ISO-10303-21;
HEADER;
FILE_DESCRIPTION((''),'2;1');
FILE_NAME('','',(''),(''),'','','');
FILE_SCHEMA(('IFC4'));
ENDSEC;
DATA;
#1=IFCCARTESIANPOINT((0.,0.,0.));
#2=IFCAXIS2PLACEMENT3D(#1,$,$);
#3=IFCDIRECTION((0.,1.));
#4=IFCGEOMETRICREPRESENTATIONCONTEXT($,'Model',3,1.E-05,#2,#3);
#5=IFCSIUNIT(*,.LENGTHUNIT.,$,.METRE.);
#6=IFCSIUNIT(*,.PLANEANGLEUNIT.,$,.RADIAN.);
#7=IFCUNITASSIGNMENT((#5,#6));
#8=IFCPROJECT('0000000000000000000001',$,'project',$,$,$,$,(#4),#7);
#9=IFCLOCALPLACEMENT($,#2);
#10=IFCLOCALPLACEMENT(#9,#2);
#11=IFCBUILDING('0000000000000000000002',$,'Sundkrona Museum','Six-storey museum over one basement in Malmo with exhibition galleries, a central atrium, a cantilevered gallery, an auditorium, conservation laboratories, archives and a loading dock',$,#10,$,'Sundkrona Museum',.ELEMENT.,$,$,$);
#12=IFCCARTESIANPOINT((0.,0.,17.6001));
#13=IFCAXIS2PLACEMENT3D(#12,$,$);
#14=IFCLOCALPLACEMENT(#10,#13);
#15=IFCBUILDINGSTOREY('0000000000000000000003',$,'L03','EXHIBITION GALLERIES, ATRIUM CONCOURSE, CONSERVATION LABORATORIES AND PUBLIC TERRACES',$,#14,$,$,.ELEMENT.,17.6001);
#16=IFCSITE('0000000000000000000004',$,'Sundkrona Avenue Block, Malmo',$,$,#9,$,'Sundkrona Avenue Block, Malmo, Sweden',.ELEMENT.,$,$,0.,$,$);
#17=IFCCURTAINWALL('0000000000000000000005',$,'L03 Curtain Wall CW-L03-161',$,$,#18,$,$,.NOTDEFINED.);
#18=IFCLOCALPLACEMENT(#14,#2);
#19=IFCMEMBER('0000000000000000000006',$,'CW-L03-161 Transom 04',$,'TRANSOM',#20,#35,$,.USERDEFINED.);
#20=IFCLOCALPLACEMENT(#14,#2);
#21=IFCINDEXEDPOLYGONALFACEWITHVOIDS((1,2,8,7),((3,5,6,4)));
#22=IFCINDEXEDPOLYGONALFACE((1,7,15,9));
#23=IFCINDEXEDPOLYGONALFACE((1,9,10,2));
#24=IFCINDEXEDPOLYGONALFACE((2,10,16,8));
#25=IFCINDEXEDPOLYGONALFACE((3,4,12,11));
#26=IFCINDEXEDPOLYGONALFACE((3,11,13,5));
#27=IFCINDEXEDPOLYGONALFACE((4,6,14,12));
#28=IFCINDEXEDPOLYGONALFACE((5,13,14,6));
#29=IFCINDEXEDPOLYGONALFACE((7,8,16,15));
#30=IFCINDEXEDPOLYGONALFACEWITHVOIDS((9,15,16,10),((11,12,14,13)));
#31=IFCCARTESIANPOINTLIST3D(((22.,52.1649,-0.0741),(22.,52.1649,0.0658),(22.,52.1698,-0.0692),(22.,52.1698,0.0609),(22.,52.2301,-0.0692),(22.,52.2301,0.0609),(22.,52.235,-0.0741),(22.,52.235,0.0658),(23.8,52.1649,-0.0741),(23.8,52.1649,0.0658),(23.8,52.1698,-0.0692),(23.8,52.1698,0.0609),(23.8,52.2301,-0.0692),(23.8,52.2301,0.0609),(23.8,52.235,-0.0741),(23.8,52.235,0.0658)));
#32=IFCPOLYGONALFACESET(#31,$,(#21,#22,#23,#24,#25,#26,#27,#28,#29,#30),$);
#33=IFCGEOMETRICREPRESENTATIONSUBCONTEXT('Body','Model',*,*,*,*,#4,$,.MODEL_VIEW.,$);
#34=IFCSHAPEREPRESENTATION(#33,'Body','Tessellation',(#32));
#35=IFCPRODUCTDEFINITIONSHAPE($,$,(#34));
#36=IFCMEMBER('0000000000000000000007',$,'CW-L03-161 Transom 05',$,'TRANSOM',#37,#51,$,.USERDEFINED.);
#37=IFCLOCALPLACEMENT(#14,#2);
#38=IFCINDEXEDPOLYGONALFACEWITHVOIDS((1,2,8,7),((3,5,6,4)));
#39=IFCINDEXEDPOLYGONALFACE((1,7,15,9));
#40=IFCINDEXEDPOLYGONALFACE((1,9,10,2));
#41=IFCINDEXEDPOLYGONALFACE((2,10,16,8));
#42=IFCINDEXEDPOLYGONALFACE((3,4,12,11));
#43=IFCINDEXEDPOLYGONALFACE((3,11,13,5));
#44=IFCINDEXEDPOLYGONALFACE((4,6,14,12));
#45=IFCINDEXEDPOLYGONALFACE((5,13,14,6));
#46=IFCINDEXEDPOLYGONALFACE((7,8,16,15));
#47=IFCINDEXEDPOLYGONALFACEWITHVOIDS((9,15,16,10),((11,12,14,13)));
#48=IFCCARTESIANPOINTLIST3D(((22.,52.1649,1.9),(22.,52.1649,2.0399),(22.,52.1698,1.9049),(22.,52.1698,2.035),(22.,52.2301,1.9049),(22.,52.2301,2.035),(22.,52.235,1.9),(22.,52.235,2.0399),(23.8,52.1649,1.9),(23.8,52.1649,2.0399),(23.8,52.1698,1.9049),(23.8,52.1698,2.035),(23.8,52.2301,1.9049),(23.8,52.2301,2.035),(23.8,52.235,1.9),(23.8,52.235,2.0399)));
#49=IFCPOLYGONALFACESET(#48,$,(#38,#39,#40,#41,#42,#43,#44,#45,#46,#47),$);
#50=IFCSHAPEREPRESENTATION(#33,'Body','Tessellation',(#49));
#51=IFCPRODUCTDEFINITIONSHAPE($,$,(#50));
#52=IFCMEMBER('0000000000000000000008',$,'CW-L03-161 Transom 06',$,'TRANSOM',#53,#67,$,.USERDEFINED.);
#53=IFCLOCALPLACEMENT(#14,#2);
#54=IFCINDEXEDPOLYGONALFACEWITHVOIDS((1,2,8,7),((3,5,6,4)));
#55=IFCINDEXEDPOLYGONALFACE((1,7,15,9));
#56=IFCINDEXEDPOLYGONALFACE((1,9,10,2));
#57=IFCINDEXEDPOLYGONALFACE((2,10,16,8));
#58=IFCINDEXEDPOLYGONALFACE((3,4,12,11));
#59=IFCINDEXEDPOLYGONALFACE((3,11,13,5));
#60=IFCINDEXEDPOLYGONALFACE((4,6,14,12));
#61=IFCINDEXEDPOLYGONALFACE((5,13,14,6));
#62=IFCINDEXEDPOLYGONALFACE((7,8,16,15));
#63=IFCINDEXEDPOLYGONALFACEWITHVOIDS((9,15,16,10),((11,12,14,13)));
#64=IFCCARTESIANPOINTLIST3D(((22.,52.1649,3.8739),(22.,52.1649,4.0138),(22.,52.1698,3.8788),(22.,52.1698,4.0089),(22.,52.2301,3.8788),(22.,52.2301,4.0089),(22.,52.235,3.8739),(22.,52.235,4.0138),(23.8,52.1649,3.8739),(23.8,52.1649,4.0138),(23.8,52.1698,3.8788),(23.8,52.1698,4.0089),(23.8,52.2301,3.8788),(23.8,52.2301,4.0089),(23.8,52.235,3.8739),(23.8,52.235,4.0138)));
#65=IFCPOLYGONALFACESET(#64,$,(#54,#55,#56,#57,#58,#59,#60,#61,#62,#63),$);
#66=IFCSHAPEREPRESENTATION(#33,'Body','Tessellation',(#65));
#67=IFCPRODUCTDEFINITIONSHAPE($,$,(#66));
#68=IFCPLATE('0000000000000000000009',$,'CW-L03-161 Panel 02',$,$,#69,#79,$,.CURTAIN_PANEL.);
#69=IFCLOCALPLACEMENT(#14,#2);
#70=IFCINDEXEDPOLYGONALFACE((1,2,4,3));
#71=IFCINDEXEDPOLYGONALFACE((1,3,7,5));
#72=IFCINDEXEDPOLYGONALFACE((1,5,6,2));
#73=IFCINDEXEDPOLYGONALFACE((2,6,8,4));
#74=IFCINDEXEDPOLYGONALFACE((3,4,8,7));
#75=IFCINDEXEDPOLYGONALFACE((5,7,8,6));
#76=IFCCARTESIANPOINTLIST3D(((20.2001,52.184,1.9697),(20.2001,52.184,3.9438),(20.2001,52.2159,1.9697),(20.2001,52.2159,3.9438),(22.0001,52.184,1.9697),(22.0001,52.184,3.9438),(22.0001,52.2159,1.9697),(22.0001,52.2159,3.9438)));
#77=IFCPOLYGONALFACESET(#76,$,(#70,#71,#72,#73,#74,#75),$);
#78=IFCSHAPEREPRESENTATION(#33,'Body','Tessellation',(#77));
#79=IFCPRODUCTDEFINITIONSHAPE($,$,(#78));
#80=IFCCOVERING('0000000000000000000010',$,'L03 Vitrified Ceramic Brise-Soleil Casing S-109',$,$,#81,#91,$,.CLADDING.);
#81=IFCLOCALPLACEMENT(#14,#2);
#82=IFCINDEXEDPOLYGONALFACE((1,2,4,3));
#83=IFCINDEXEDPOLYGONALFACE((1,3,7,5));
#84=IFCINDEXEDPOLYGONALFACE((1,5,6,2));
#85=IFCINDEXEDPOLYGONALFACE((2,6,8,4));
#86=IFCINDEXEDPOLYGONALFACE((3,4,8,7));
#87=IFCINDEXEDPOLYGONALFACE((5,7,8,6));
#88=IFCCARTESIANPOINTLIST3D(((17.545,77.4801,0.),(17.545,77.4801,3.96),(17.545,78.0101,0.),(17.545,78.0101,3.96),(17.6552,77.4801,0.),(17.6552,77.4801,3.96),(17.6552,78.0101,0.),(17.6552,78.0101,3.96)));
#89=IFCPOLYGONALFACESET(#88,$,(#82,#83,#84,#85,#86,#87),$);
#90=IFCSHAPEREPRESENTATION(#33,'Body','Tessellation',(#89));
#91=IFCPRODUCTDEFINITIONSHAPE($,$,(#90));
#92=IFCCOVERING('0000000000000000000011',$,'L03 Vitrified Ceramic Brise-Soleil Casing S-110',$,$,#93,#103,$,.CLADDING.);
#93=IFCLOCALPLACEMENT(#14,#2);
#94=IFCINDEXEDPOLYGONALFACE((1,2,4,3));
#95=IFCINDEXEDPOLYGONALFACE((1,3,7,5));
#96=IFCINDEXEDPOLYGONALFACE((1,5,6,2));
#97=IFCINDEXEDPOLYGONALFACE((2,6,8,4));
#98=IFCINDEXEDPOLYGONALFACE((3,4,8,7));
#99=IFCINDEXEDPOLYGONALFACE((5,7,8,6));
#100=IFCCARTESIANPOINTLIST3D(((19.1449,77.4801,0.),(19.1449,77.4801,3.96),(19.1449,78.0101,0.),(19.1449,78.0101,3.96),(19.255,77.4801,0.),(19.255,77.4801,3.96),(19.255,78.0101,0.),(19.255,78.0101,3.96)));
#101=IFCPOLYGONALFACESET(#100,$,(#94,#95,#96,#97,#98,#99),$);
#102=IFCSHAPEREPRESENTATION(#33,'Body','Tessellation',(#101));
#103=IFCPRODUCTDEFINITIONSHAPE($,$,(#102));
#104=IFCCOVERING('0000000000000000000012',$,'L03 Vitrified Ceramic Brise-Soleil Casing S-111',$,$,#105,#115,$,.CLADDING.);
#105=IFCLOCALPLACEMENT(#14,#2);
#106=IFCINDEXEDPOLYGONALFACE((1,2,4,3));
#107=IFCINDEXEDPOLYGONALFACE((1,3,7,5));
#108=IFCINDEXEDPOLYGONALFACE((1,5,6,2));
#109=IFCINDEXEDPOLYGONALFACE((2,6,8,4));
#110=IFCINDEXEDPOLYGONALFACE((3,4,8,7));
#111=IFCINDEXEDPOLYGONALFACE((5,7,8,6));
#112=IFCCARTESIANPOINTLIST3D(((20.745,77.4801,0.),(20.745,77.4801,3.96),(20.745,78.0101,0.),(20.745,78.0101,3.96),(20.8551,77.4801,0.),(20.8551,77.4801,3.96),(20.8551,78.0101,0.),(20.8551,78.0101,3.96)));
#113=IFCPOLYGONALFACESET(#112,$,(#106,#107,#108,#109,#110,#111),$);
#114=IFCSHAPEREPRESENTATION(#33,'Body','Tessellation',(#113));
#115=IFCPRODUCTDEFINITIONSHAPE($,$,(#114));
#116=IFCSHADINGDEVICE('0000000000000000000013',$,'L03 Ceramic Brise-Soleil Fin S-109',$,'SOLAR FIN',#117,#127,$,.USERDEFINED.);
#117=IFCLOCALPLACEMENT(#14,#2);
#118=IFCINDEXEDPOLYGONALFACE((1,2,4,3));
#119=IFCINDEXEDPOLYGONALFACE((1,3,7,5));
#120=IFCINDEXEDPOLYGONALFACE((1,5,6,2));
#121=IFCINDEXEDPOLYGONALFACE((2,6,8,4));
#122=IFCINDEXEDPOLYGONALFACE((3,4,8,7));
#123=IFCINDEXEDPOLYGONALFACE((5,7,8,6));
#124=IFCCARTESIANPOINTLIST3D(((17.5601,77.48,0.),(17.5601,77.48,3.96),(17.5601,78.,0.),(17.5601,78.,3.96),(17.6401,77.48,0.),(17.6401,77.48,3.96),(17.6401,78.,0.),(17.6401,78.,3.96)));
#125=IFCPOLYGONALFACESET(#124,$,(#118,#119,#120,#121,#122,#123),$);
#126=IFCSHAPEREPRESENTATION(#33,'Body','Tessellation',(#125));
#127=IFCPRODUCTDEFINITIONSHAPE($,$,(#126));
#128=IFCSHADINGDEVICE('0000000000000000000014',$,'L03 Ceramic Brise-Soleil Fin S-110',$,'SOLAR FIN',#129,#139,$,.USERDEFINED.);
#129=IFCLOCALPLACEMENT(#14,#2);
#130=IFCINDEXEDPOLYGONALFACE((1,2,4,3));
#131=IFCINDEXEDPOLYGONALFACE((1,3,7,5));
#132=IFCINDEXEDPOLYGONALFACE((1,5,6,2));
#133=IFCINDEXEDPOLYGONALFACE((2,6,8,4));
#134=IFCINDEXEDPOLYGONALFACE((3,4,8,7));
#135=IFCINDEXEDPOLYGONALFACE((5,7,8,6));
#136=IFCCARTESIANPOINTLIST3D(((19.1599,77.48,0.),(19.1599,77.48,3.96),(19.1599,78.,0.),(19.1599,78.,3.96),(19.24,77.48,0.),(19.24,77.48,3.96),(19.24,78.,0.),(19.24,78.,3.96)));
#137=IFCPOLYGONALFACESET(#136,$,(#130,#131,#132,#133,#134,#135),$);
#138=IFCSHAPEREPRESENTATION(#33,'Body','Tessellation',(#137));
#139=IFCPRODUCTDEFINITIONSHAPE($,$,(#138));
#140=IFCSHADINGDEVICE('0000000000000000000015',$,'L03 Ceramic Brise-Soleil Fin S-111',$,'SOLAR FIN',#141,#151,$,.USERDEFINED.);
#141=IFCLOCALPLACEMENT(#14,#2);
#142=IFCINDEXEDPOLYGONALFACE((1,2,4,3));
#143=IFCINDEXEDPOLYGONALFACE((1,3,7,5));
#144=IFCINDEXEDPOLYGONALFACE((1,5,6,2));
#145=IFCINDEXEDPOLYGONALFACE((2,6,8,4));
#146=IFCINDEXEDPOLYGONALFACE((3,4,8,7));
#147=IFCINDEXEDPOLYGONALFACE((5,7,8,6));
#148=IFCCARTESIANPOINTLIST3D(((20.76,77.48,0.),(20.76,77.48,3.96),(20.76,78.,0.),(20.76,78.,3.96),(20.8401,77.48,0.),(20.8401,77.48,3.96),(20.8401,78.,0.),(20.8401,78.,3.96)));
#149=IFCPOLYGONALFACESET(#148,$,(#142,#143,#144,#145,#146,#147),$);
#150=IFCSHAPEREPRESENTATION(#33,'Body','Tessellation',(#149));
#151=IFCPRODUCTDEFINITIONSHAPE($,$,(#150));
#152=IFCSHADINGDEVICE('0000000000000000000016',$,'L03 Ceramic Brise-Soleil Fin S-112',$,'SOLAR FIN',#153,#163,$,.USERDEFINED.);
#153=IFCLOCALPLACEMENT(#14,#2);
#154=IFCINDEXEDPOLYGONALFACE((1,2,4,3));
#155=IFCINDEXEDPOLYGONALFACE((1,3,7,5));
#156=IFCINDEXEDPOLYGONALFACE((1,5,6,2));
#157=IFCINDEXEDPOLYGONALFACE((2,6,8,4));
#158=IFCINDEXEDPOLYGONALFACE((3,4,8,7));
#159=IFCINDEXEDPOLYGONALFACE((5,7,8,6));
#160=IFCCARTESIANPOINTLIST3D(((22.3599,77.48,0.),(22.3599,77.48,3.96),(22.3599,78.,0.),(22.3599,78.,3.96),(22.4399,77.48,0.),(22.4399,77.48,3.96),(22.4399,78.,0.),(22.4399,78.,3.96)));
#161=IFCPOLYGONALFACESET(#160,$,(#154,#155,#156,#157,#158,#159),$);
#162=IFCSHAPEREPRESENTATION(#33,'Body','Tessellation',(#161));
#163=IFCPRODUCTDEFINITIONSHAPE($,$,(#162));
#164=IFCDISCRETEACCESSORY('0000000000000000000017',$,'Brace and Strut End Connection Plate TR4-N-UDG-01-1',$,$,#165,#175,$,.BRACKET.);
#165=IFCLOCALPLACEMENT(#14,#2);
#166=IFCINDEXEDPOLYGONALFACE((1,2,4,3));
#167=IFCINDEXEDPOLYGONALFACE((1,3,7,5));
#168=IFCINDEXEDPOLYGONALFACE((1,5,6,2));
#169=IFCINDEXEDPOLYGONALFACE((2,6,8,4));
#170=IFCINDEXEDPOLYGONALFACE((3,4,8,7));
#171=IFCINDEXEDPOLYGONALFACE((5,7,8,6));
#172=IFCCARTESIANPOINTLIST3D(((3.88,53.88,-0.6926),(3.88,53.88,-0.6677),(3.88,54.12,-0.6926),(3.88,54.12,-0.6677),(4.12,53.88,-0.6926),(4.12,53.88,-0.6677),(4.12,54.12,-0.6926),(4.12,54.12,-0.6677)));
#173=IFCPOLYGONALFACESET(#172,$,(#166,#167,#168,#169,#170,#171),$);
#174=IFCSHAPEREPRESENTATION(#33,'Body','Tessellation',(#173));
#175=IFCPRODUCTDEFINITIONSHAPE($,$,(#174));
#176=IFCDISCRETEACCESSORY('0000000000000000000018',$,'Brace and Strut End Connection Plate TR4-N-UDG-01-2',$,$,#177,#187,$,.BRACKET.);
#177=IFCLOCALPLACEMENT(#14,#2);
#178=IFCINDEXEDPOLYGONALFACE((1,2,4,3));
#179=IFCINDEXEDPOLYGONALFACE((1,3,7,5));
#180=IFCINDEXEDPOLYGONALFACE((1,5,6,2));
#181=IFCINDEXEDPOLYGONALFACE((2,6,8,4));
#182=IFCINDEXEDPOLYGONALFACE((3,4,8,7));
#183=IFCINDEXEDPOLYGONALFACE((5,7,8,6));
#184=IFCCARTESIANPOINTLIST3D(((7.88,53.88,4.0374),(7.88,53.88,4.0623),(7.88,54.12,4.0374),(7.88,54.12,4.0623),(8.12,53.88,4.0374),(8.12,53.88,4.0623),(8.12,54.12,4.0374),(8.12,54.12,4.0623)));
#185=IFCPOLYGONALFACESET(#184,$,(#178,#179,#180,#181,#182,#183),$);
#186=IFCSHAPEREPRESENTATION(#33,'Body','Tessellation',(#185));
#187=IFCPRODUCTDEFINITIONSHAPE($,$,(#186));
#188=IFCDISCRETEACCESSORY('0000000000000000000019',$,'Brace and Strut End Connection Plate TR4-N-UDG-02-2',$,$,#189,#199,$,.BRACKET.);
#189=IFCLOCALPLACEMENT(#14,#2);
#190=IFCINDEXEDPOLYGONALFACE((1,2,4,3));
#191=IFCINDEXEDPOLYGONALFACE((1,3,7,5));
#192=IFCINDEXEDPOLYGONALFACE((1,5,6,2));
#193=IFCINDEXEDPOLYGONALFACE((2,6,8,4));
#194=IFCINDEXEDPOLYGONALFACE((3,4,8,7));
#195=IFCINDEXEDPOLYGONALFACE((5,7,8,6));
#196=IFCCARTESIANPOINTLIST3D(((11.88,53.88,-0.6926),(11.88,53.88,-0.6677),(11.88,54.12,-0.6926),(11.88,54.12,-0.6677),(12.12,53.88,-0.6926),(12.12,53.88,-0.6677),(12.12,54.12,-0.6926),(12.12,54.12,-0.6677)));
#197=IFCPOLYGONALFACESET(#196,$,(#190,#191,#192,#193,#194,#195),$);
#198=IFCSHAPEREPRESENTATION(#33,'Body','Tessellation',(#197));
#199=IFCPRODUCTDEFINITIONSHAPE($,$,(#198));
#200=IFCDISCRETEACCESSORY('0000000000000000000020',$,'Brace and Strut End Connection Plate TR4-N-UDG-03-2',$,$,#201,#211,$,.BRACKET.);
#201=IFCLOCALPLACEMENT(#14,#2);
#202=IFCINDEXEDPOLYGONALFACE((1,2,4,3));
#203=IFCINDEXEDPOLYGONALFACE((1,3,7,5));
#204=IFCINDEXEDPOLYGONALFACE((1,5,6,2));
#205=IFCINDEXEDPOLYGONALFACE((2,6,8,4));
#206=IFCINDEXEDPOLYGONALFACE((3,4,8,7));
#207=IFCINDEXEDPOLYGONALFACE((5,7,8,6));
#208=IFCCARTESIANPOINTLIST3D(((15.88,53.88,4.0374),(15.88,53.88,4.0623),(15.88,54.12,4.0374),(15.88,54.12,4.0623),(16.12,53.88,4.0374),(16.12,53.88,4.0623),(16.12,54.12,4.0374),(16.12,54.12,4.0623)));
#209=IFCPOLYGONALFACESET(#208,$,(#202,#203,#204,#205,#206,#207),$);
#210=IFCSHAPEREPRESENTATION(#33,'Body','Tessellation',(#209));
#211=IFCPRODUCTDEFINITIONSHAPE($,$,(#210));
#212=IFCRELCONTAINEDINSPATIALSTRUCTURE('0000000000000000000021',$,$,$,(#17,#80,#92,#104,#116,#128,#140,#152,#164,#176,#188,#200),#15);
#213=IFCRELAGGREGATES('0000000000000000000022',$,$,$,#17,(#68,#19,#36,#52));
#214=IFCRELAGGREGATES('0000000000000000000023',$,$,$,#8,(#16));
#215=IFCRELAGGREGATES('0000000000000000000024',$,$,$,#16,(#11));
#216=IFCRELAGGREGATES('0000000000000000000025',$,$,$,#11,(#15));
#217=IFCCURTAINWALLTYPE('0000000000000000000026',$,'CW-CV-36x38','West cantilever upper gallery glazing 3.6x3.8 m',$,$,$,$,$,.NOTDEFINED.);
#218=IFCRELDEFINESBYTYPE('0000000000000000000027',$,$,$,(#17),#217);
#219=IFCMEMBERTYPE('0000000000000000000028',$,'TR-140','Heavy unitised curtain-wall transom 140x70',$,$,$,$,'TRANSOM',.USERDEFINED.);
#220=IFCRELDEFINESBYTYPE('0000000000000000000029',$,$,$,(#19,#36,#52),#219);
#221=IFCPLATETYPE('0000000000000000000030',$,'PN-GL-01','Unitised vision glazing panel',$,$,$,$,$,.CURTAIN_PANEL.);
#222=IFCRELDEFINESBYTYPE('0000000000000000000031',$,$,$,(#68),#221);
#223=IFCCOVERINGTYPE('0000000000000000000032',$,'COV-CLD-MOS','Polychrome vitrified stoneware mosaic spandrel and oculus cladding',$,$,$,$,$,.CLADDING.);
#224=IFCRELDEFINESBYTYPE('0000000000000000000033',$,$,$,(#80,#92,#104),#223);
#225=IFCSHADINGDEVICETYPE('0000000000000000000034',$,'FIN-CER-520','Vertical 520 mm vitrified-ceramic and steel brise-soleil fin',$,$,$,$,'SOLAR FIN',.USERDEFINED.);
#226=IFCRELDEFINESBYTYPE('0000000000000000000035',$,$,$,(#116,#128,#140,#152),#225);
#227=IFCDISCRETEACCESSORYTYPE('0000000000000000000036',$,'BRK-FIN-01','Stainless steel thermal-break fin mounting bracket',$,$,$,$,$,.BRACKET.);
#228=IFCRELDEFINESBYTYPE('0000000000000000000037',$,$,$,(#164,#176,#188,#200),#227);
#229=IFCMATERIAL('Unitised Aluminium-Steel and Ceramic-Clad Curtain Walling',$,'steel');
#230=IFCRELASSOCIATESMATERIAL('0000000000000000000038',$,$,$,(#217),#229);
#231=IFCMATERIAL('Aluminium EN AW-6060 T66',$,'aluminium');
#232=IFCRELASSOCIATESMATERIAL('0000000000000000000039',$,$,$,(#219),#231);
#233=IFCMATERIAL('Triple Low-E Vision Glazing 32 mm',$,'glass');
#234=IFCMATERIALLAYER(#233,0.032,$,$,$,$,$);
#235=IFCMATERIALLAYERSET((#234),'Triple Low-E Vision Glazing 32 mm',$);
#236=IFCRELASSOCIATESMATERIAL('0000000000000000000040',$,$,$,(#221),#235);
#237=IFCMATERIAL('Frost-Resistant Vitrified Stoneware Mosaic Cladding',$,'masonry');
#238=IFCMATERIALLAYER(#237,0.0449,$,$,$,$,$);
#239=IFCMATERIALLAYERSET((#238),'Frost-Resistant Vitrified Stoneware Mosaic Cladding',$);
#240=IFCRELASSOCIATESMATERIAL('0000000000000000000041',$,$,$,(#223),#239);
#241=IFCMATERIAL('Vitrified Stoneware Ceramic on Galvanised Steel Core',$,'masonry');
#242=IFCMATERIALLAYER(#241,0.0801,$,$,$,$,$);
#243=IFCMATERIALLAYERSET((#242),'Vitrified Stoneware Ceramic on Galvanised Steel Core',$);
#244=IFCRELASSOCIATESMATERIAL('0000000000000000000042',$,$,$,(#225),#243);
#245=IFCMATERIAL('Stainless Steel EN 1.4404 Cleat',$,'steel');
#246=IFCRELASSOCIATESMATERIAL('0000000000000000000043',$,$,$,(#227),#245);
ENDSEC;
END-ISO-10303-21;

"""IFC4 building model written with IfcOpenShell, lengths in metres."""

from ifc_helpers import new_model, si_unit, direction, frame, origin, origin_2d, place, context, subcontext, project, spatial, rectangle, hollow_rectangle, extrude, material, layer, layer_set, material_profile, profile_set, type_object, element, aggregate, save


model = new_model("IFC4")

# Units and contexts
model_context = context("Model", 3, precision=1e-05, world=origin(), true_north=direction((0.0, 1.0)))
body_context = subcontext(model_context, "Body", "Model", "MODEL_VIEW")
ifc_project = project(units=[si_unit("LENGTHUNIT", "METRE"), si_unit("PLANEANGLEUNIT", "RADIAN")], contexts=[model_context])

# Site, building, storey
site_placement = place(None, origin())
site = spatial("IfcSite", under=ifc_project, at=site_placement, Name="Sundkrona Avenue Block, Malmo", LongName="Sundkrona Avenue Block, Malmo, Sweden", CompositionType="ELEMENT", RefElevation=0.0)
building_placement = place(site_placement, origin())
building = spatial("IfcBuilding", under=site, at=building_placement, Name="Sundkrona Museum", Description="Six-storey museum over one basement in Malmo with exhibition galleries, a central atrium, a cantilevered gallery, an auditorium, conservation laboratories, archives and a loading dock", LongName="Sundkrona Museum", CompositionType="ELEMENT")
storey_placement = place(building_placement, frame((0.0, 0.0, 17.6001)))
storey = spatial("IfcBuildingStorey", under=building, at=storey_placement, Name="L03", Description="EXHIBITION GALLERIES, ATRIUM CONCOURSE, CONSERVATION LABORATORIES AND PUBLIC TERRACES", CompositionType="ELEMENT", Elevation=17.6001)

# Curtain wall
ifc_material_1 = material(Name="Unitised Aluminium-Steel and Ceramic-Clad Curtain Walling", Category="steel")
curtain_wall_type = type_object("IfcCurtainWallType", Name="CW-CV-36x38", Description="West cantilever upper gallery glazing 3.6x3.8 m", PredefinedType="NOTDEFINED", material=ifc_material_1)
curtain_wall_placement = place(storey_placement, origin())
curtain_wall = element("IfcCurtainWall", 1, at=curtain_wall_placement, inside=storey, type_object=curtain_wall_type, Name="L03 Curtain Wall CW-L03-161", PredefinedType="NOTDEFINED")
ifc_material_2 = material(Name="Aluminium EN AW-6060 T66", Category="aluminium")

# Members
ifc_material_profile_1 = material_profile(ifc_material_2, hollow_rectangle(XDim=0.0701, YDim=0.1399, WallThickness=0.0049, at=origin_2d()), Name="RHS 140x70x5.0")
ifc_profile_set_1 = profile_set([ifc_material_profile_1], Name="Aluminium EN AW-6060 T66")
member_type_1 = type_object("IfcMemberType", Name="TR-140", Description="Heavy unitised curtain-wall transom 140x70", ElementType="TRANSOM", PredefinedType="USERDEFINED", material=ifc_profile_set_1)
member_1_placement = place(storey_placement, frame((22.0, 52.2, -0.0042), z_axis=(1.0, 0.0, 0.0), x_axis=(0.0, 1.0, 0.0)))
member_1 = element("IfcMember", 2, at=member_1_placement, type_object=member_type_1, Name="CW-L03-161 Transom 04", ObjectType="TRANSOM", PredefinedType="USERDEFINED", context=body_context, shape_type="SweptSolid", body=[
    extrude(hollow_rectangle(XDim=0.0701, YDim=0.1399, WallThickness=0.0049, at=origin_2d()), origin(), (0.0, 0.0, 1.0), 1.8),
])
member_2_placement = place(storey_placement, frame((22.0, 52.2, 1.97), z_axis=(1.0, 0.0, 0.0), x_axis=(0.0, 1.0, 0.0)))
member_2 = element("IfcMember", 3, at=member_2_placement, type_object=member_type_1, Name="CW-L03-161 Transom 05", ObjectType="TRANSOM", PredefinedType="USERDEFINED", context=body_context, shape_type="SweptSolid", body=[
    extrude(hollow_rectangle(XDim=0.0701, YDim=0.1399, WallThickness=0.0049, at=origin_2d()), origin(), (0.0, 0.0, 1.0), 1.8),
])
member_3_placement = place(storey_placement, frame((22.0, 52.2, 3.9438), z_axis=(1.0, 0.0, 0.0), x_axis=(0.0, 1.0, 0.0)))
member_3 = element("IfcMember", 4, at=member_3_placement, type_object=member_type_1, Name="CW-L03-161 Transom 06", ObjectType="TRANSOM", PredefinedType="USERDEFINED", context=body_context, shape_type="SweptSolid", body=[
    extrude(hollow_rectangle(XDim=0.0701, YDim=0.1399, WallThickness=0.0049, at=origin_2d()), origin(), (0.0, 0.0, 1.0), 1.8),
])

# Plate
ifc_material_3 = material(Name="Triple Low-E Vision Glazing 32 mm", Category="glass")
ifc_layer_1 = layer(ifc_material_3, 0.032)
ifc_layer_set_1 = layer_set([ifc_layer_1], Name="Triple Low-E Vision Glazing 32 mm")
plate_type = type_object("IfcPlateType", Name="PN-GL-01", Description="Unitised vision glazing panel", PredefinedType="CURTAIN_PANEL", material=ifc_layer_set_1)
plate_placement = place(storey_placement, frame((21.1001, 52.2, 1.9697), z_axis=(0.0, 0.0, 1.0), x_axis=(1.0, 0.0, 0.0)))
plate = element("IfcPlate", 5, at=plate_placement, type_object=plate_type, Name="CW-L03-161 Panel 02", PredefinedType="CURTAIN_PANEL", context=body_context, shape_type="SweptSolid", body=[
    extrude(rectangle(XDim=1.8, YDim=0.032, at=origin_2d()), origin(), (0.0, 0.0, 1.0), 1.9741),
])
aggregate(curtain_wall, [plate, member_1, member_2, member_3])

# Coverings
ifc_material_4 = material(Name="Frost-Resistant Vitrified Stoneware Mosaic Cladding", Category="masonry")
ifc_layer_2 = layer(ifc_material_4, 0.0449)
ifc_layer_set_2 = layer_set([ifc_layer_2], Name="Frost-Resistant Vitrified Stoneware Mosaic Cladding")
covering_type = type_object("IfcCoveringType", Name="COV-CLD-MOS", Description="Polychrome vitrified stoneware mosaic spandrel and oculus cladding", PredefinedType="CLADDING", material=ifc_layer_set_2)
for number, where, z_axis, x_axis, name in (
    (6, (17.6001, 77.7451, 0.0), (0.0, 0.0, 1.0), (1.0, 0.0, 0.0), "L03 Vitrified Ceramic Brise-Soleil Casing S-109"),
    (7, (19.2, 77.7451, 0.0), (0.0, 0.0, 1.0), (1.0, 0.0, 0.0), "L03 Vitrified Ceramic Brise-Soleil Casing S-110"),
    (8, (20.8, 77.7451, 0.0), (0.0, 0.0, 1.0), (1.0, 0.0, 0.0), "L03 Vitrified Ceramic Brise-Soleil Casing S-111"),
):
    element("IfcCovering", number, at=place(storey_placement, frame(where, z_axis=z_axis, x_axis=x_axis)), inside=storey, type_object=covering_type, Name=name, PredefinedType="CLADDING", context=body_context, shape_type="SweptSolid", body=[
        extrude(rectangle(XDim=0.1101, YDim=0.53, at=origin_2d()), origin(), (0.0, 0.0, 1.0), 3.96),
    ])

# Shading devices
ifc_material_5 = material(Name="Vitrified Stoneware Ceramic on Galvanised Steel Core", Category="masonry")
ifc_layer_3 = layer(ifc_material_5, 0.0801)
ifc_layer_set_3 = layer_set([ifc_layer_3], Name="Vitrified Stoneware Ceramic on Galvanised Steel Core")
shading_device_type = type_object("IfcShadingDeviceType", Name="FIN-CER-520", Description="Vertical 520 mm vitrified-ceramic and steel brise-soleil fin", ElementType="SOLAR FIN", PredefinedType="USERDEFINED", material=ifc_layer_set_3)
for number, where, z_axis, x_axis, name in (
    (9, (17.6001, 77.74, 0.0), (0.0, 0.0, 1.0), (1.0, 0.0, 0.0), "L03 Ceramic Brise-Soleil Fin S-109"),
    (10, (19.2, 77.74, 0.0), (0.0, 0.0, 1.0), (1.0, 0.0, 0.0), "L03 Ceramic Brise-Soleil Fin S-110"),
    (11, (20.8, 77.74, 0.0), (0.0, 0.0, 1.0), (1.0, 0.0, 0.0), "L03 Ceramic Brise-Soleil Fin S-111"),
    (12, (22.3999, 77.74, 0.0), (0.0, 0.0, 1.0), (1.0, 0.0, 0.0), "L03 Ceramic Brise-Soleil Fin S-112"),
):
    element("IfcShadingDevice", number, at=place(storey_placement, frame(where, z_axis=z_axis, x_axis=x_axis)), inside=storey, type_object=shading_device_type, Name=name, ObjectType="SOLAR FIN", PredefinedType="USERDEFINED", context=body_context, shape_type="SweptSolid", body=[
        extrude(rectangle(XDim=0.0801, YDim=0.52, at=origin_2d()), origin(), (0.0, 0.0, 1.0), 3.96),
    ])

# Discrete accessories
ifc_material_6 = material(Name="Stainless Steel EN 1.4404 Cleat", Category="steel")
discrete_accessory_type = type_object("IfcDiscreteAccessoryType", Name="BRK-FIN-01", Description="Stainless steel thermal-break fin mounting bracket", PredefinedType="BRACKET", material=ifc_material_6)
for number, where, z_axis, x_axis, name in (
    (13, (4.0, 54.0, -0.6926), (0.0, 0.0, 1.0), (1.0, 0.0, 0.0), "Brace and Strut End Connection Plate TR4-N-UDG-01-1"),
    (14, (8.0, 54.0, 4.0374), (0.0, 0.0, 1.0), (1.0, 0.0, 0.0), "Brace and Strut End Connection Plate TR4-N-UDG-01-2"),
    (15, (12.0, 54.0, -0.6926), (0.0, 0.0, 1.0), (1.0, 0.0, 0.0), "Brace and Strut End Connection Plate TR4-N-UDG-02-2"),
    (16, (16.0, 54.0, 4.0374), (0.0, 0.0, 1.0), (1.0, 0.0, 0.0), "Brace and Strut End Connection Plate TR4-N-UDG-03-2"),
):
    element("IfcDiscreteAccessory", number, at=place(storey_placement, frame(where, z_axis=z_axis, x_axis=x_axis)), inside=storey, type_object=discrete_accessory_type, Name=name, PredefinedType="BRACKET", context=body_context, shape_type="SweptSolid", body=[
        extrude(rectangle(XDim=0.24, YDim=0.24, at=origin_2d()), origin(), (0.0, 0.0, 1.0), 0.0249),
    ])

save(model, "model.ifc")
